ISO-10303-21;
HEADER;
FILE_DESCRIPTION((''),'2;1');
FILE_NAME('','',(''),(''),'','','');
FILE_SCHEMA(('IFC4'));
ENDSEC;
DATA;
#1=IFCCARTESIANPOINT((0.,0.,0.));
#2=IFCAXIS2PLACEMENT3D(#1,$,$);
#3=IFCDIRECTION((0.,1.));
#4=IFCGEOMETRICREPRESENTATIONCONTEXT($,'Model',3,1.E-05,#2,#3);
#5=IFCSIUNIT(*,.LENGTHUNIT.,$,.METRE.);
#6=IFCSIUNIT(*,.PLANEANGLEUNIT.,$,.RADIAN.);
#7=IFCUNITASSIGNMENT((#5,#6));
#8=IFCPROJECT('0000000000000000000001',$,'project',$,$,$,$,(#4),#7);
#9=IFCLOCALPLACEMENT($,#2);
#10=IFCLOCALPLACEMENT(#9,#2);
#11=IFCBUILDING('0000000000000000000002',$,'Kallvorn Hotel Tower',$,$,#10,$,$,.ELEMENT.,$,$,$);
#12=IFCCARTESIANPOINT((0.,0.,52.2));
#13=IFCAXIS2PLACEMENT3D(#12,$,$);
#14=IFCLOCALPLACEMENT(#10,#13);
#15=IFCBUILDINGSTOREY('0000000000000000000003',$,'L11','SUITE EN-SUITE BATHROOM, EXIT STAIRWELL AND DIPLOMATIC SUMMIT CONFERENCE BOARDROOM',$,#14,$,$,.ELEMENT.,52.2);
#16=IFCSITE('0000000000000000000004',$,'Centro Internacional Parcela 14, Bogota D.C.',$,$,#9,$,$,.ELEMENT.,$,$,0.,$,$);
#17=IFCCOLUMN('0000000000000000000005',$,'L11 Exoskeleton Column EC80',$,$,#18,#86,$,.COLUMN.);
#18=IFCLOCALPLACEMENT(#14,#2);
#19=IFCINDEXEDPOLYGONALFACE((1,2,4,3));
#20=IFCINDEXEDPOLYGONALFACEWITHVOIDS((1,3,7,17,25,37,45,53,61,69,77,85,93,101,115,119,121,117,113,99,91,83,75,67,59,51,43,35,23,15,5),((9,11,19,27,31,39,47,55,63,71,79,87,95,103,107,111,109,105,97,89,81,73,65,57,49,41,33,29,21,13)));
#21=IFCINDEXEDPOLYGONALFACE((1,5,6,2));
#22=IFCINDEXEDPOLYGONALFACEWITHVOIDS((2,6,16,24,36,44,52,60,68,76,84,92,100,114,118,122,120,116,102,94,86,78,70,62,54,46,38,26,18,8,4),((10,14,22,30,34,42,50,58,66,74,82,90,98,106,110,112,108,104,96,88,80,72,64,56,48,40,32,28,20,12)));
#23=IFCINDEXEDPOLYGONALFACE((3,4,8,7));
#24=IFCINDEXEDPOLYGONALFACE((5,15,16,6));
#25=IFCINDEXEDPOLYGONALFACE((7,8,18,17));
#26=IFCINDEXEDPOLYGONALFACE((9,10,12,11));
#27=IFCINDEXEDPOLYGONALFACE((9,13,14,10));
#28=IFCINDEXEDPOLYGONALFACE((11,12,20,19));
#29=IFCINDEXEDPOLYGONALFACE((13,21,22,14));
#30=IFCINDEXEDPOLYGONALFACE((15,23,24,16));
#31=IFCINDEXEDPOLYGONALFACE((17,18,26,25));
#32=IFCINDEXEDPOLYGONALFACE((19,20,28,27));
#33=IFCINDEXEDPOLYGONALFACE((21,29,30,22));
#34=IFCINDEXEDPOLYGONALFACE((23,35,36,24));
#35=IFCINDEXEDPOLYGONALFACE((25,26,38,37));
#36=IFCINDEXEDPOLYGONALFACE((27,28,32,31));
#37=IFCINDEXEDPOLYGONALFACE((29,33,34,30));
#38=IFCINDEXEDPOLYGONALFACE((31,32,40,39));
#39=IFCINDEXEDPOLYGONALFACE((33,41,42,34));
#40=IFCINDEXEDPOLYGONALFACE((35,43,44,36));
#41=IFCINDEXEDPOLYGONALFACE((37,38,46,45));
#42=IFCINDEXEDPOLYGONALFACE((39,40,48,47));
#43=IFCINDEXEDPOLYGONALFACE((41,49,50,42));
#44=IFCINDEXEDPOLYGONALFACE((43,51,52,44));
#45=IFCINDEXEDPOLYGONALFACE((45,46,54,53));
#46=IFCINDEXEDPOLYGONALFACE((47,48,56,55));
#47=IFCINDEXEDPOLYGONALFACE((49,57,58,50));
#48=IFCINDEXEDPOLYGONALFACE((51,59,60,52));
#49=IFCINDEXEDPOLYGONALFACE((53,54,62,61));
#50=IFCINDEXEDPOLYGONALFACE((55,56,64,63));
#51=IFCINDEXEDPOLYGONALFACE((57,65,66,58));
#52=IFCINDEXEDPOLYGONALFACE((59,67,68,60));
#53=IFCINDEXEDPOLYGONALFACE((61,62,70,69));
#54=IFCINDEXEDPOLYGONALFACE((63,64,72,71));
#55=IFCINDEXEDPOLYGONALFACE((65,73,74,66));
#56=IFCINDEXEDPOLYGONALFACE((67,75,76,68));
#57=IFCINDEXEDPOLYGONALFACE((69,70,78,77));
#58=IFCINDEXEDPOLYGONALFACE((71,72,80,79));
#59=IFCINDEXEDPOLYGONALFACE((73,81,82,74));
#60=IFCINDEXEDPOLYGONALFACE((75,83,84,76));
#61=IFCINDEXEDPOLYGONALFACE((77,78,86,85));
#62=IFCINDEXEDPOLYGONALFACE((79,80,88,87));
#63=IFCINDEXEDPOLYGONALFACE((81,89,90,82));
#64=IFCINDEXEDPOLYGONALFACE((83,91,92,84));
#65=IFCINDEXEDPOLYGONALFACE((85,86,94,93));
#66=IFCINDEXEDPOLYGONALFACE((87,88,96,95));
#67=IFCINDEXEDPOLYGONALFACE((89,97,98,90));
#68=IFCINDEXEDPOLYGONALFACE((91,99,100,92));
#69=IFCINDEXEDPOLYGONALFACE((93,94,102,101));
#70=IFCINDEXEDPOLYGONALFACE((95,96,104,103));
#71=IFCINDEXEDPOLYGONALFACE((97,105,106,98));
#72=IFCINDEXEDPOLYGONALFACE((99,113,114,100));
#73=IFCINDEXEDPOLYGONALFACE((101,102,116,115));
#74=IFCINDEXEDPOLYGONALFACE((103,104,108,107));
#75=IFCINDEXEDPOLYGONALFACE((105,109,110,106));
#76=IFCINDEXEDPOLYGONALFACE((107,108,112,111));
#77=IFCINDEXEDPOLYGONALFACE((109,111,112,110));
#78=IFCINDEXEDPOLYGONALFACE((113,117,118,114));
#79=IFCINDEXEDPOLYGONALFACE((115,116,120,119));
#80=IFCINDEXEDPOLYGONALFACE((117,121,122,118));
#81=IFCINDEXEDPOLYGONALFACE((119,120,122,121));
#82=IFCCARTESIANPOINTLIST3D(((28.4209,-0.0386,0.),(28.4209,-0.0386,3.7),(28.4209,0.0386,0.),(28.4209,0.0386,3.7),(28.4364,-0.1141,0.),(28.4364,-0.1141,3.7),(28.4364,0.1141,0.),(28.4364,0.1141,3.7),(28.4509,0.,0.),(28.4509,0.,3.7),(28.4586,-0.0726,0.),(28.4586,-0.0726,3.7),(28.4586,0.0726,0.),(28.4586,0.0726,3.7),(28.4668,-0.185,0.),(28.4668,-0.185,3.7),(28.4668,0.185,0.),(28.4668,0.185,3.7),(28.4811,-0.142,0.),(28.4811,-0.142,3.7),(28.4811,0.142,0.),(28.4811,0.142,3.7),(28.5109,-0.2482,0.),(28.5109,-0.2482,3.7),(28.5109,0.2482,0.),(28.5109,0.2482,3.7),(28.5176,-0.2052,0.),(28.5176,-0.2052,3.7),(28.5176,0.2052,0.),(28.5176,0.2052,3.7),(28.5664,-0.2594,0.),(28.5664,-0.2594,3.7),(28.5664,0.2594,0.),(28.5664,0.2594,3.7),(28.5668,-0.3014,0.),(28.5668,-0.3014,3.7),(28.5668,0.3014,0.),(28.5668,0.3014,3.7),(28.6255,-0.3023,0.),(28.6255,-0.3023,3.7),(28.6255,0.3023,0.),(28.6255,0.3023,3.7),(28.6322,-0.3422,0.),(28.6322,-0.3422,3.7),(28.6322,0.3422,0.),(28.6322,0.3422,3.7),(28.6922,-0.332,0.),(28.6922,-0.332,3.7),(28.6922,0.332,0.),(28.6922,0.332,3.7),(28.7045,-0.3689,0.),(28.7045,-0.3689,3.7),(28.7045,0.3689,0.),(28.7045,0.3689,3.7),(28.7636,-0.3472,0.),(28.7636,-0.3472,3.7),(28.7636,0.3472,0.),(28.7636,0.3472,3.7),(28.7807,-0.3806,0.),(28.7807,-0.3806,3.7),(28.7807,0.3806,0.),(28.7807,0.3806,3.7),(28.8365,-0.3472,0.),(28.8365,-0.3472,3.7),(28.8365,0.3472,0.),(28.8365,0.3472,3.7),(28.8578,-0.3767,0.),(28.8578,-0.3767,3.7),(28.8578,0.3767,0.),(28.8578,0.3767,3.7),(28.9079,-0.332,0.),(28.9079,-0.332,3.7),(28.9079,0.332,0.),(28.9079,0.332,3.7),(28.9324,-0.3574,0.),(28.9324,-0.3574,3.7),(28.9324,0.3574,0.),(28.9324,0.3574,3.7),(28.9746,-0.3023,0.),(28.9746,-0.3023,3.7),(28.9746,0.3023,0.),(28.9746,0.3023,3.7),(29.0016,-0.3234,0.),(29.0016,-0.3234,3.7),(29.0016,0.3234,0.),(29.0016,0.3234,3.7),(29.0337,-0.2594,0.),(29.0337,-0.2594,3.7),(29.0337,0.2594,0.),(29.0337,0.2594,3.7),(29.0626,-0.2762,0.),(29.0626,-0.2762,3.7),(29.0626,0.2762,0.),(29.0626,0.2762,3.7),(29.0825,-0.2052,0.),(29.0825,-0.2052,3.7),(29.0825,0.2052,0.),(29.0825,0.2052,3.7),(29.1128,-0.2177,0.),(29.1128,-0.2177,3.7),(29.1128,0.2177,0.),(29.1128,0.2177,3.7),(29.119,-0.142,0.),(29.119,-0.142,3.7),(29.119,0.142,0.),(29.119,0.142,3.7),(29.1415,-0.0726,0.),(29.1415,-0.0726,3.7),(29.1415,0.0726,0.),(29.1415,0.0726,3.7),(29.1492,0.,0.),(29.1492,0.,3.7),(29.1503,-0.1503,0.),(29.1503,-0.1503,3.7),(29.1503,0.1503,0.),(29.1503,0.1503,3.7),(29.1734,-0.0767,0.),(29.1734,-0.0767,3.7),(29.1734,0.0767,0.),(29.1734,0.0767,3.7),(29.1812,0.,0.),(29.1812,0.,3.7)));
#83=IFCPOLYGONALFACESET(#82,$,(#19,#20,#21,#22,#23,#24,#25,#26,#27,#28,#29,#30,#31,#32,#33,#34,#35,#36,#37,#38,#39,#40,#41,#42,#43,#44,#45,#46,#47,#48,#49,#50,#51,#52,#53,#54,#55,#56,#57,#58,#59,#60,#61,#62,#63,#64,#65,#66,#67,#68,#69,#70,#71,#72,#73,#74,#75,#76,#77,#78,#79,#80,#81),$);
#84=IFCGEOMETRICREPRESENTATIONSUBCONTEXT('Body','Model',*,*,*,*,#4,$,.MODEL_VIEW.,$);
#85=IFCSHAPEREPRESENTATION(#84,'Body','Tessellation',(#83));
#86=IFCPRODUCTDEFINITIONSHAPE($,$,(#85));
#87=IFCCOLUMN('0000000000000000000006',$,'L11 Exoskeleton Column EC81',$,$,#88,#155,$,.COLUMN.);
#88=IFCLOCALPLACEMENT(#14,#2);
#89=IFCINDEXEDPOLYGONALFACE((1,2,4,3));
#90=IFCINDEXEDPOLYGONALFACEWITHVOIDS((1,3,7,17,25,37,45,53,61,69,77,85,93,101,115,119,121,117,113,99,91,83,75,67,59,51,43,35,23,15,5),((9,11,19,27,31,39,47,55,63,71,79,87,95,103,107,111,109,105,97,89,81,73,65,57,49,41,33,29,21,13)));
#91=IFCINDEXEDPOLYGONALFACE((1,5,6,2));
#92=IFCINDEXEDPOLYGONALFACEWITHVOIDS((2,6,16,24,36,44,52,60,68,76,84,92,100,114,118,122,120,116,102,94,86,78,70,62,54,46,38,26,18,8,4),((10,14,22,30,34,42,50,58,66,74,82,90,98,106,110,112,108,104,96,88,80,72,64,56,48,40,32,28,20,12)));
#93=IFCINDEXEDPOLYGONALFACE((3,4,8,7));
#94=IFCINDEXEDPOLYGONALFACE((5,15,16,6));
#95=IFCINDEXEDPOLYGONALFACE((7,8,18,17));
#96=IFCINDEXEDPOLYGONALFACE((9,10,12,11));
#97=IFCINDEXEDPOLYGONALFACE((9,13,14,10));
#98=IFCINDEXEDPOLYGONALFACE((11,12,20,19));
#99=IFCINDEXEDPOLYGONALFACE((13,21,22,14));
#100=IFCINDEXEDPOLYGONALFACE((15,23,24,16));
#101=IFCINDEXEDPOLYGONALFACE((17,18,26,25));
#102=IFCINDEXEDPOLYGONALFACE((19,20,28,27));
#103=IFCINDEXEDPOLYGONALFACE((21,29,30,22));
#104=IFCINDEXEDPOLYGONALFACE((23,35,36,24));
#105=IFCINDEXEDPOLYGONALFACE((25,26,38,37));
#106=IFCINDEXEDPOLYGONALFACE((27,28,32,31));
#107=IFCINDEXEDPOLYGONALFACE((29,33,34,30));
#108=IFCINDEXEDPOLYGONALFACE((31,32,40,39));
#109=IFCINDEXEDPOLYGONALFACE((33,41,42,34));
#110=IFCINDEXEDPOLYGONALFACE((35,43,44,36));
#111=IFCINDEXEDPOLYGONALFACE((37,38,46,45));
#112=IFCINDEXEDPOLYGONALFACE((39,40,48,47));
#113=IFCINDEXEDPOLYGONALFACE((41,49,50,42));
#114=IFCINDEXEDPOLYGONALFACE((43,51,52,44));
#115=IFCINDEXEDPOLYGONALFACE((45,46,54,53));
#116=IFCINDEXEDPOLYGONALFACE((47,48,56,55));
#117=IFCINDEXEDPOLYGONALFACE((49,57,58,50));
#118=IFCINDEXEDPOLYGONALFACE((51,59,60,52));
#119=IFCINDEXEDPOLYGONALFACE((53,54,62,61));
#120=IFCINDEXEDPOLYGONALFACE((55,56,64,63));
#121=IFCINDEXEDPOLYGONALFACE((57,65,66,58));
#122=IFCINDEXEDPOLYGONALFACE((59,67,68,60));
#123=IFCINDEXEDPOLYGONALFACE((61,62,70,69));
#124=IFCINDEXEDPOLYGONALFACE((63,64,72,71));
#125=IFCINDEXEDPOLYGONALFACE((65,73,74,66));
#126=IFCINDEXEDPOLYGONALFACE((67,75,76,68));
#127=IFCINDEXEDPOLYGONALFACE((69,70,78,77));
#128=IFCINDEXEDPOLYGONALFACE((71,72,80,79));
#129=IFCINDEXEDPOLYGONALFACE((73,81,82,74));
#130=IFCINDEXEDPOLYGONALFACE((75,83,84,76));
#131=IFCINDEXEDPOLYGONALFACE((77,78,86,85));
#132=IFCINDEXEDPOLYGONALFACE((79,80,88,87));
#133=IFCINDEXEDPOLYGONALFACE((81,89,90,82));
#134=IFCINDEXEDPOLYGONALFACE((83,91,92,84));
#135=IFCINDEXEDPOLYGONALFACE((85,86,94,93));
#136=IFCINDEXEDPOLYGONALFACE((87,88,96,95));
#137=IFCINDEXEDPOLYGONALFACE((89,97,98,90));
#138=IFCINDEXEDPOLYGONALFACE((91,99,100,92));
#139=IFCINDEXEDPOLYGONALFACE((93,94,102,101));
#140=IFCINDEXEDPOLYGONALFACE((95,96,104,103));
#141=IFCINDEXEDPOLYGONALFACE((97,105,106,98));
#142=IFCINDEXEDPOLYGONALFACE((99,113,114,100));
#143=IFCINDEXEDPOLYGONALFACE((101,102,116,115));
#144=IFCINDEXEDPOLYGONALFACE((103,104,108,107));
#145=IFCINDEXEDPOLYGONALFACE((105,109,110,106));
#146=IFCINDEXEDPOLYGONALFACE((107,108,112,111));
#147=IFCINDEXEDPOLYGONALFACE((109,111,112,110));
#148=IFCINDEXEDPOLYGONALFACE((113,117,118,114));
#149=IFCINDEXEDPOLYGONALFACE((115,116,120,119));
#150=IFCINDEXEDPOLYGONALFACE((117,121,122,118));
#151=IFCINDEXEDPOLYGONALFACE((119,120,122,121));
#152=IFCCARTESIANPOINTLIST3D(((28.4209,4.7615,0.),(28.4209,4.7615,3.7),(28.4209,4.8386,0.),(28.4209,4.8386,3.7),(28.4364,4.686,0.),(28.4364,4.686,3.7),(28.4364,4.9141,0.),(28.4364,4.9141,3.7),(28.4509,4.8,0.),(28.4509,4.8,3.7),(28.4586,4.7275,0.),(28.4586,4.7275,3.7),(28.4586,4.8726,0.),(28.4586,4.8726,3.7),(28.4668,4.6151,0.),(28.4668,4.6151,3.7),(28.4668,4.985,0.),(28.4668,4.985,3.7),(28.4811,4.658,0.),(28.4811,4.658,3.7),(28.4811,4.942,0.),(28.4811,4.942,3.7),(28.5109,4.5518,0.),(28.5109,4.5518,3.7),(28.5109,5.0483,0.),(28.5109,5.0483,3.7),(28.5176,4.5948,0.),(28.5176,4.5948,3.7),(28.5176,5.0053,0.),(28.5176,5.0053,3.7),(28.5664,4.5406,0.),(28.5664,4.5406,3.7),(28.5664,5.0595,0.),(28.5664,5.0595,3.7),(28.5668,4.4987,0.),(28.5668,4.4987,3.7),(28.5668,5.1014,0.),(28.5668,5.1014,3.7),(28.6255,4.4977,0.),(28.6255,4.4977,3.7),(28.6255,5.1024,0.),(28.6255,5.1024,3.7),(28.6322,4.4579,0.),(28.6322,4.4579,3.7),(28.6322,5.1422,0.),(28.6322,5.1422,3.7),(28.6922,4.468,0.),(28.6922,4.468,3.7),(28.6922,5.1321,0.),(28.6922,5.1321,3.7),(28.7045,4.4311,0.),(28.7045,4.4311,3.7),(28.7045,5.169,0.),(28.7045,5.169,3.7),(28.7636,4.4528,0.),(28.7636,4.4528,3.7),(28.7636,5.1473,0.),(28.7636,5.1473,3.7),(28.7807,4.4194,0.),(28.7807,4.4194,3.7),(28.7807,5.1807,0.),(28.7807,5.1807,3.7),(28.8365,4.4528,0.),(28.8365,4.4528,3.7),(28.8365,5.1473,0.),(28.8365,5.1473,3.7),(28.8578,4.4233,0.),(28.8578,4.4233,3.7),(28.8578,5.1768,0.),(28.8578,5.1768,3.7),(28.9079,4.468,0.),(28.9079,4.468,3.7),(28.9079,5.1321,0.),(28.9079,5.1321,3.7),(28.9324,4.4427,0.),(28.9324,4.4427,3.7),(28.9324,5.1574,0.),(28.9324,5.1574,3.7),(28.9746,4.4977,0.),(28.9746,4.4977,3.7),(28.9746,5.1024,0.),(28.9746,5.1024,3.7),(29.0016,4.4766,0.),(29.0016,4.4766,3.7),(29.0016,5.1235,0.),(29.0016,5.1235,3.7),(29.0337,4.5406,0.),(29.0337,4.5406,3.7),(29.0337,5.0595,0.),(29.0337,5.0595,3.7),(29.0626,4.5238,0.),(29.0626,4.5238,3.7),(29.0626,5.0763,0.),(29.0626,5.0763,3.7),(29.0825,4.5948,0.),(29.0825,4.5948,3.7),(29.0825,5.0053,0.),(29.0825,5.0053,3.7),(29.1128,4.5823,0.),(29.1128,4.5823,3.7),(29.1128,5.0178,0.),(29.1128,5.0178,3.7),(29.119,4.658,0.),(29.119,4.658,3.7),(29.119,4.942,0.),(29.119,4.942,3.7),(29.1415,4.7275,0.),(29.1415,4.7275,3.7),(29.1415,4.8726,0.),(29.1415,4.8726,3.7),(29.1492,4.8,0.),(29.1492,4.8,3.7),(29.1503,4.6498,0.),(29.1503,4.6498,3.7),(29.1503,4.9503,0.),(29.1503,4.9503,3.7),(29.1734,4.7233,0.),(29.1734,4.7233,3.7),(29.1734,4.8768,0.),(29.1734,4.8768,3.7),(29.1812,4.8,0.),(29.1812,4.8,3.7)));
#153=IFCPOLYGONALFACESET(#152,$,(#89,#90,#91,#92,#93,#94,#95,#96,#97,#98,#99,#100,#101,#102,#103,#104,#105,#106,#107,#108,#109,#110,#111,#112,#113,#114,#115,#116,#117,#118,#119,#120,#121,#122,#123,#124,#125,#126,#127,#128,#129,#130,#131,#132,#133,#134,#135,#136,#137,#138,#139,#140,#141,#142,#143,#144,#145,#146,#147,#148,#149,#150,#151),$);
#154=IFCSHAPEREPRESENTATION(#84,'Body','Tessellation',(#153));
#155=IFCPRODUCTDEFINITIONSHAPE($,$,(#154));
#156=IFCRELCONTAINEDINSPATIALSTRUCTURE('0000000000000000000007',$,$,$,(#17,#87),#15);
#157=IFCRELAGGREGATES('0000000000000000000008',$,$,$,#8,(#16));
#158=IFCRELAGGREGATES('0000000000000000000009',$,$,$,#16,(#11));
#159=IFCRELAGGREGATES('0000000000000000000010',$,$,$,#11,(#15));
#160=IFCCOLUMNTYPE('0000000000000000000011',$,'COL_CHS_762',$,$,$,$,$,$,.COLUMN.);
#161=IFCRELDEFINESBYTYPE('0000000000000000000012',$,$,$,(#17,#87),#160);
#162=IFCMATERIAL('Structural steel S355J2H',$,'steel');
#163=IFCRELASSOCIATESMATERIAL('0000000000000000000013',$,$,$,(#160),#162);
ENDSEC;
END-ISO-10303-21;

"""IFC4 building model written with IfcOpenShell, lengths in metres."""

from ifc_helpers import new_model, si_unit, direction, frame, origin, origin_2d, place, context, subcontext, project, spatial, hollow_circle, extrude, material, material_profile, profile_set, type_object, element, save


model = new_model("IFC4")

# Units and contexts
model_context = context("Model", 3, precision=1e-05, world=origin(), true_north=direction((0.0, 1.0)))
body_context = subcontext(model_context, "Body", "Model", "MODEL_VIEW")
ifc_project = project(units=[si_unit("LENGTHUNIT", "METRE"), si_unit("PLANEANGLEUNIT", "RADIAN")], contexts=[model_context])

# Site, building, storey
site_placement = place(None, origin())
site = spatial("IfcSite", under=ifc_project, at=site_placement, Name="Centro Internacional Parcela 14, Bogota D.C.", CompositionType="ELEMENT", RefElevation=0.0)
building_placement = place(site_placement, origin())
building = spatial("IfcBuilding", under=site, at=building_placement, Name="Kallvorn Hotel Tower", CompositionType="ELEMENT")
storey_placement = place(building_placement, frame((0.0, 0.0, 52.2)))
storey = spatial("IfcBuildingStorey", under=building, at=storey_placement, Name="L11", Description="SUITE EN-SUITE BATHROOM, EXIT STAIRWELL AND DIPLOMATIC SUMMIT CONFERENCE BOARDROOM", CompositionType="ELEMENT", Elevation=52.2)

# Columns
ifc_material_1 = material(Name="Structural steel S355J2H", Category="steel")
ifc_material_profile_1 = material_profile(ifc_material_1, hollow_circle(Radius=0.3811, WallThickness=0.032, at=origin_2d()), Name="CHS 762x32")
ifc_profile_set_1 = profile_set([ifc_material_profile_1], Name="Structural steel S355J2H")
column_type_1 = type_object("IfcColumnType", Name="COL_CHS_762", PredefinedType="COLUMN", material=ifc_profile_set_1)
for number, where, z_axis, x_axis, name in (
    (1, (28.8, 0.0, 0.0), (0.0, 0.0, 1.0), (1.0, 0.0, 0.0), "L11 Exoskeleton Column EC80"),
    (2, (28.8, 4.8, 0.0), (0.0, 0.0, 1.0), (1.0, 0.0, 0.0), "L11 Exoskeleton Column EC81"),
):
    element("IfcColumn", number, at=place(storey_placement, frame(where, z_axis=z_axis, x_axis=x_axis)), inside=storey, type_object=column_type_1, Name=name, PredefinedType="COLUMN", context=body_context, shape_type="SweptSolid", body=[
        extrude(hollow_circle(Radius=0.3811, WallThickness=0.032, at=origin_2d()), origin(), (0.0, 0.0, 1.0), 3.7),
    ])

save(model, "model.ifc")
